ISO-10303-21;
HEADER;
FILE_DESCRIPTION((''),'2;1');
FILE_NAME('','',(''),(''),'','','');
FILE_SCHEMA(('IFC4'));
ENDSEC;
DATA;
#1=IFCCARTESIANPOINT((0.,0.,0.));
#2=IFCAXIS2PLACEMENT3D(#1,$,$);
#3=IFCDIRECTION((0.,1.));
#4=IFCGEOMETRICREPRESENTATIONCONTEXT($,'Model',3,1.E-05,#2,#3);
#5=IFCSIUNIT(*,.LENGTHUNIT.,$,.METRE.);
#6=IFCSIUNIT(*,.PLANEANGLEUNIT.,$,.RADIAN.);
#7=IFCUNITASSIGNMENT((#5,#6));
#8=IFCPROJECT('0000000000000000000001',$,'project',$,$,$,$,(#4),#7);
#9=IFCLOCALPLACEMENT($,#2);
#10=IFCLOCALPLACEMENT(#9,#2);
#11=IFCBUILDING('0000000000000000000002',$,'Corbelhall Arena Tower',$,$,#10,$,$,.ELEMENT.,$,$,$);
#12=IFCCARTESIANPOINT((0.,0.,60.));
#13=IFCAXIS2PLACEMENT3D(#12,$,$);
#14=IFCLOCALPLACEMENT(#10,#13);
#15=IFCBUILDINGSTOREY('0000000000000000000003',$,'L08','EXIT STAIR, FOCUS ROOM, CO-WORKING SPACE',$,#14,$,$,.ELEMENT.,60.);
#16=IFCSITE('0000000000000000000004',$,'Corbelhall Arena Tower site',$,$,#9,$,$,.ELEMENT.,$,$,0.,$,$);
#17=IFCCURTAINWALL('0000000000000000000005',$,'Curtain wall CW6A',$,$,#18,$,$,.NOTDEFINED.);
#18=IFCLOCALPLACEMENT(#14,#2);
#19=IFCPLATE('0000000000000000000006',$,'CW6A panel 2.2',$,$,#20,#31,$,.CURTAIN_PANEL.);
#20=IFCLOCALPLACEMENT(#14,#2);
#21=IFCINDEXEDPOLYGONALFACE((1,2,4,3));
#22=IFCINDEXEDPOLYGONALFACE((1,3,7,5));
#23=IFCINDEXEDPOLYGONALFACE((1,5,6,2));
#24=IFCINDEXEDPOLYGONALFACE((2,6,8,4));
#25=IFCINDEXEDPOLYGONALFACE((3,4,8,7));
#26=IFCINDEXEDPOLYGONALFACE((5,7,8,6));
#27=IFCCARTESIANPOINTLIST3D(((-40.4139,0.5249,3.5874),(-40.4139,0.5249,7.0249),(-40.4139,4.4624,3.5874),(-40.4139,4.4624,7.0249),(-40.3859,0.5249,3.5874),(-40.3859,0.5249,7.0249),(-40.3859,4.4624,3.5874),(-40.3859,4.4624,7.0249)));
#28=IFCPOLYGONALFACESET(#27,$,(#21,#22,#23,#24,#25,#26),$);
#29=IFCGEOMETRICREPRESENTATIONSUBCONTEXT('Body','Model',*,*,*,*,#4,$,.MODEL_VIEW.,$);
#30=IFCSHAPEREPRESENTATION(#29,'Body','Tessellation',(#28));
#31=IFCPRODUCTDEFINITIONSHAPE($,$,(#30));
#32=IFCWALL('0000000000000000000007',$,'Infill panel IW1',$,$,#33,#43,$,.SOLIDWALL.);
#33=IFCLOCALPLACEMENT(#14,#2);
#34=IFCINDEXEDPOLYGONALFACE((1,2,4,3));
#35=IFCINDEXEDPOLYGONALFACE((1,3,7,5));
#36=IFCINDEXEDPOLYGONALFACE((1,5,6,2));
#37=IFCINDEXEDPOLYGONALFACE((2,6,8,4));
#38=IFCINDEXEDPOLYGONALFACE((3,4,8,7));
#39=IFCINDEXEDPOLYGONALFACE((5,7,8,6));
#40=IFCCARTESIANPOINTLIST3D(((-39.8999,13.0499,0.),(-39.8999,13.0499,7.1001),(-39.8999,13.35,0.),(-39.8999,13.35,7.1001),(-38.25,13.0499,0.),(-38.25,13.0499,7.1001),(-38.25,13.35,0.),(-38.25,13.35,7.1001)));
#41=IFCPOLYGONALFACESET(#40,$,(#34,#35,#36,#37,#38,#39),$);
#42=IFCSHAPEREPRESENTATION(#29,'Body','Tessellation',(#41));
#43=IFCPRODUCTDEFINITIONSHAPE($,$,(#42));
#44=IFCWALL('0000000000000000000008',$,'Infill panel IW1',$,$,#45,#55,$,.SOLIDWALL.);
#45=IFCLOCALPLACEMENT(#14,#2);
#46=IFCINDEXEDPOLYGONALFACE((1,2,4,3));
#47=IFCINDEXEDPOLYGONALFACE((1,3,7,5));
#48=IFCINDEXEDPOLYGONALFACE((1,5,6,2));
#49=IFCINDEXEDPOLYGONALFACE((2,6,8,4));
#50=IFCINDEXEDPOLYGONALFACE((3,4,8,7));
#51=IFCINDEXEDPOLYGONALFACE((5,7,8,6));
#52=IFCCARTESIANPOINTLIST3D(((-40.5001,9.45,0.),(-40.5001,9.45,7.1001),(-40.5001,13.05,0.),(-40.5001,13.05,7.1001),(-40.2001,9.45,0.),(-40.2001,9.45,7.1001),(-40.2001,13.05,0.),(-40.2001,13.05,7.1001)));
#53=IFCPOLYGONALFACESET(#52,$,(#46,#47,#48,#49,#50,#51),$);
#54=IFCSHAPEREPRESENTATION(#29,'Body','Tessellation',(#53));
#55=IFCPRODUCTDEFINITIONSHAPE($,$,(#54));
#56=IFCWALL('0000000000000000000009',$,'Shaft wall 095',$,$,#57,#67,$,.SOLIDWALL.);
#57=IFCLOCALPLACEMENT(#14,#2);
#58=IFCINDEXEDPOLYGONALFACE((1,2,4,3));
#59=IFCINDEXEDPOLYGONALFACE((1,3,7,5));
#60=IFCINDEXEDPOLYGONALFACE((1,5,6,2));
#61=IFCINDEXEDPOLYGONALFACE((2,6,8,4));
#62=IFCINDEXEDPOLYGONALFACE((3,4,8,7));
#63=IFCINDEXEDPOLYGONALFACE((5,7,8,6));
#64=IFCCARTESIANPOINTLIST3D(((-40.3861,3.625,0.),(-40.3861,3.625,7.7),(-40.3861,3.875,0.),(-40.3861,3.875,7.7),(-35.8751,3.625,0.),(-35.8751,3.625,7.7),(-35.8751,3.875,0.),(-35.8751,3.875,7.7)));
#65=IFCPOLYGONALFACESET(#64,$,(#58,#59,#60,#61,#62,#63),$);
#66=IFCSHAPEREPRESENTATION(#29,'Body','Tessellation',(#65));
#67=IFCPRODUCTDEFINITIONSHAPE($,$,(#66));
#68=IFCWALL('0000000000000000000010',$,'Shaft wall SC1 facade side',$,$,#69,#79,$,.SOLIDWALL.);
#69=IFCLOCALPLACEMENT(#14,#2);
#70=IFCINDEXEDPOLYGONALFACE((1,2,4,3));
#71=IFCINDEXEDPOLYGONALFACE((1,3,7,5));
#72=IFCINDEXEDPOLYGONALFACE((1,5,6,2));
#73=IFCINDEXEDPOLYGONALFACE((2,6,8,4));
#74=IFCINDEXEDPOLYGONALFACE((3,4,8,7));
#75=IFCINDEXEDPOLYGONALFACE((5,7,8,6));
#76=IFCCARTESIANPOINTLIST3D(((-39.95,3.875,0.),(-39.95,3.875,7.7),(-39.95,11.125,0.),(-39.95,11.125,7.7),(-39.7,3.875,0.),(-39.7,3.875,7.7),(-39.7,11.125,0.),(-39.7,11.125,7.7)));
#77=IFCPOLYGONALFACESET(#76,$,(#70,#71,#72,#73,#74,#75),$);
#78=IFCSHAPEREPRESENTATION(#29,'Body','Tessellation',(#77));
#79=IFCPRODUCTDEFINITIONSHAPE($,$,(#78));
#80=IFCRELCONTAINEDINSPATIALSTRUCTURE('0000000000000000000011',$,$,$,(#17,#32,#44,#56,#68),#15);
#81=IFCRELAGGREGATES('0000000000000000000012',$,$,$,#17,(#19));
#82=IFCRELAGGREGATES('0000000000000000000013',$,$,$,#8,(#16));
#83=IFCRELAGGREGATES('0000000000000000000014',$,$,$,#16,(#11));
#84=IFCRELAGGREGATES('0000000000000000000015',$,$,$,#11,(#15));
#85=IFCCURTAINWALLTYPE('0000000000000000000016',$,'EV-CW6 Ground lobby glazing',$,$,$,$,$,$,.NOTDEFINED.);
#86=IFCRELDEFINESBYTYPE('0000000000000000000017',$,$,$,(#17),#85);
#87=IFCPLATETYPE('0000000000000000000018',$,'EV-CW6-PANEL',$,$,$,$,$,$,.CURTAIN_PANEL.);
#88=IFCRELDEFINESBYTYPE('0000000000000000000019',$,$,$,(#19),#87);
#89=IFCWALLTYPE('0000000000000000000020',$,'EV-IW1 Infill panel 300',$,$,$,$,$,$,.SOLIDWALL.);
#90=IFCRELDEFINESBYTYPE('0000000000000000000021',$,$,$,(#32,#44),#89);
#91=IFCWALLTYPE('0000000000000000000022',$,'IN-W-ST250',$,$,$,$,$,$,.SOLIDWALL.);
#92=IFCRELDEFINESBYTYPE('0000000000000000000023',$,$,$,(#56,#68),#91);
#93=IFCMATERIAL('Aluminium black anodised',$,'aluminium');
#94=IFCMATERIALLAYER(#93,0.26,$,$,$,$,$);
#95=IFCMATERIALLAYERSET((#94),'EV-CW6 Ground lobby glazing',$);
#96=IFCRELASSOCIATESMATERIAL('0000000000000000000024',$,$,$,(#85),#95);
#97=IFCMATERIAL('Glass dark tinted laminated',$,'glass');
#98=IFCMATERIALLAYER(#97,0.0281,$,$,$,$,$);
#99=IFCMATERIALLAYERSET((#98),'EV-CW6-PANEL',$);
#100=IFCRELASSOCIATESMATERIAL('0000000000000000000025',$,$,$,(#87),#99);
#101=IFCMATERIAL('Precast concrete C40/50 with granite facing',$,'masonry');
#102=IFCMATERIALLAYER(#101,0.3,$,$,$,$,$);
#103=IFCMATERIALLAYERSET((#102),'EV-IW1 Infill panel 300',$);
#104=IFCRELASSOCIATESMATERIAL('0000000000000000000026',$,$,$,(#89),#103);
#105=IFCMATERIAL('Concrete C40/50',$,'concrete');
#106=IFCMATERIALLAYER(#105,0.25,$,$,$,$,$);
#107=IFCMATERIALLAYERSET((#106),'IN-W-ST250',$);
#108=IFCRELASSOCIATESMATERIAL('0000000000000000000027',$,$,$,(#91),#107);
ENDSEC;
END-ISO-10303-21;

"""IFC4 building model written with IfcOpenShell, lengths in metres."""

from ifc_helpers import new_model, si_unit, direction, frame, frame_2d, origin, origin_2d, place, context, subcontext, project, spatial, rectangle, extrude, material, layer, layer_set, type_object, element, aggregate, save


model = new_model("IFC4")

# Units and contexts
model_context = context("Model", 3, precision=1e-05, world=origin(), true_north=direction((0.0, 1.0)))
body_context = subcontext(model_context, "Body", "Model", "MODEL_VIEW")
ifc_project = project(units=[si_unit("LENGTHUNIT", "METRE"), si_unit("PLANEANGLEUNIT", "RADIAN")], contexts=[model_context])

# Site, building, storey
site_placement = place(None, origin())
site = spatial("IfcSite", under=ifc_project, at=site_placement, Name="Corbelhall Arena Tower site", CompositionType="ELEMENT", RefElevation=0.0)
building_placement = place(site_placement, origin())
building = spatial("IfcBuilding", under=site, at=building_placement, Name="Corbelhall Arena Tower", CompositionType="ELEMENT")
storey_placement = place(building_placement, frame((0.0, 0.0, 60.0)))
storey = spatial("IfcBuildingStorey", under=building, at=storey_placement, Name="L08", Description="EXIT STAIR, FOCUS ROOM, CO-WORKING SPACE", CompositionType="ELEMENT", Elevation=60.0)

# Curtain wall, plate
ifc_material_1 = material(Name="Aluminium black anodised", Category="aluminium")
ifc_layer_1 = layer(ifc_material_1, 0.26)
ifc_layer_set_1 = layer_set([ifc_layer_1], Name="EV-CW6 Ground lobby glazing")
curtain_wall_type = type_object("IfcCurtainWallType", Name="EV-CW6 Ground lobby glazing", PredefinedType="NOTDEFINED", material=ifc_layer_set_1)
curtain_wall_placement = place(storey_placement, origin())
curtain_wall = element("IfcCurtainWall", 1, at=curtain_wall_placement, inside=storey, type_object=curtain_wall_type, Name="Curtain wall CW6A", PredefinedType="NOTDEFINED")
ifc_material_2 = material(Name="Glass dark tinted laminated", Category="glass")
ifc_layer_2 = layer(ifc_material_2, 0.0281)
ifc_layer_set_2 = layer_set([ifc_layer_2], Name="EV-CW6-PANEL")
plate_type = type_object("IfcPlateType", Name="EV-CW6-PANEL", PredefinedType="CURTAIN_PANEL", material=ifc_layer_set_2)
plate_1_placement = place(storey_placement, frame((-40.3999, 2.4937, 3.5874), z_axis=(0.0, 0.0, 1.0), x_axis=(0.0, -1.0, 0.0)))
plate_1 = element("IfcPlate", 2, at=plate_1_placement, type_object=plate_type, Name="CW6A panel 2.2", PredefinedType="CURTAIN_PANEL", context=body_context, shape_type="SweptSolid", body=[
    extrude(rectangle(XDim=3.9375, YDim=0.0281, at=origin_2d()), origin(), (0.0, 0.0, 1.0), 3.4375),
])
aggregate(curtain_wall, [plate_1])

# Walls
ifc_material_3 = material(Name="Precast concrete C40/50 with granite facing", Category="masonry")
ifc_layer_3 = layer(ifc_material_3, 0.3)
ifc_layer_set_3 = layer_set([ifc_layer_3], Name="EV-IW1 Infill panel 300")
wall_type_1 = type_object("IfcWallType", Name="EV-IW1 Infill panel 300", PredefinedType="SOLIDWALL", material=ifc_layer_set_3)
wall_1_placement = place(storey_placement, frame((-39.8999, 13.2, 0.0), z_axis=(0.0, 0.0, 1.0), x_axis=(1.0, 0.0, 0.0)))
element("IfcWall", 3, at=wall_1_placement, inside=storey, type_object=wall_type_1, Name="Infill panel IW1", PredefinedType="SOLIDWALL", context=body_context, shape_type="SweptSolid", body=[
    extrude(rectangle(XDim=1.6499, YDim=0.3, at=frame_2d((0.825, 0.0))), origin(), (0.0, 0.0, 1.0), 7.1001),
])
wall_2_placement = place(storey_placement, frame((-40.3501, 13.05, 0.0), z_axis=(0.0, 0.0, 1.0), x_axis=(0.0, -1.0, 0.0)))
element("IfcWall", 4, at=wall_2_placement, inside=storey, type_object=wall_type_1, Name="Infill panel IW1", PredefinedType="SOLIDWALL", context=body_context, shape_type="SweptSolid", body=[
    extrude(rectangle(XDim=3.6001, YDim=0.3, at=frame_2d((1.8, 0.0))), origin(), (0.0, 0.0, 1.0), 7.1001),
])
ifc_material_4 = material(Name="Concrete C40/50", Category="concrete")
ifc_layer_4 = layer(ifc_material_4, 0.25)
ifc_layer_set_4 = layer_set([ifc_layer_4], Name="IN-W-ST250")
wall_type_2 = type_object("IfcWallType", Name="IN-W-ST250", PredefinedType="SOLIDWALL", material=ifc_layer_set_4)
wall_3_placement = place(storey_placement, frame((-40.386, 3.75, 0.0), z_axis=(0.0, 0.0, 1.0), x_axis=(1.0, 0.0, 0.0)))
element("IfcWall", 5, at=wall_3_placement, inside=storey, type_object=wall_type_2, Name="Shaft wall 095", PredefinedType="SOLIDWALL", context=body_context, shape_type="SweptSolid", body=[
    extrude(rectangle(XDim=4.511, YDim=0.25, at=frame_2d((2.2554, 0.0))), origin(), (0.0, 0.0, 1.0), 7.7),
])
wall_4_placement = place(storey_placement, frame((-39.825, 3.875, 0.0), z_axis=(0.0, 0.0, 1.0), x_axis=(0.0, 1.0, 0.0)))
element("IfcWall", 6, at=wall_4_placement, inside=storey, type_object=wall_type_2, Name="Shaft wall SC1 facade side", PredefinedType="SOLIDWALL", context=body_context, shape_type="SweptSolid", body=[
    extrude(rectangle(XDim=7.25, YDim=0.25, at=frame_2d((3.625, 0.0))), origin(), (0.0, 0.0, 1.0), 7.7),
])

save(model, "model.ifc")
